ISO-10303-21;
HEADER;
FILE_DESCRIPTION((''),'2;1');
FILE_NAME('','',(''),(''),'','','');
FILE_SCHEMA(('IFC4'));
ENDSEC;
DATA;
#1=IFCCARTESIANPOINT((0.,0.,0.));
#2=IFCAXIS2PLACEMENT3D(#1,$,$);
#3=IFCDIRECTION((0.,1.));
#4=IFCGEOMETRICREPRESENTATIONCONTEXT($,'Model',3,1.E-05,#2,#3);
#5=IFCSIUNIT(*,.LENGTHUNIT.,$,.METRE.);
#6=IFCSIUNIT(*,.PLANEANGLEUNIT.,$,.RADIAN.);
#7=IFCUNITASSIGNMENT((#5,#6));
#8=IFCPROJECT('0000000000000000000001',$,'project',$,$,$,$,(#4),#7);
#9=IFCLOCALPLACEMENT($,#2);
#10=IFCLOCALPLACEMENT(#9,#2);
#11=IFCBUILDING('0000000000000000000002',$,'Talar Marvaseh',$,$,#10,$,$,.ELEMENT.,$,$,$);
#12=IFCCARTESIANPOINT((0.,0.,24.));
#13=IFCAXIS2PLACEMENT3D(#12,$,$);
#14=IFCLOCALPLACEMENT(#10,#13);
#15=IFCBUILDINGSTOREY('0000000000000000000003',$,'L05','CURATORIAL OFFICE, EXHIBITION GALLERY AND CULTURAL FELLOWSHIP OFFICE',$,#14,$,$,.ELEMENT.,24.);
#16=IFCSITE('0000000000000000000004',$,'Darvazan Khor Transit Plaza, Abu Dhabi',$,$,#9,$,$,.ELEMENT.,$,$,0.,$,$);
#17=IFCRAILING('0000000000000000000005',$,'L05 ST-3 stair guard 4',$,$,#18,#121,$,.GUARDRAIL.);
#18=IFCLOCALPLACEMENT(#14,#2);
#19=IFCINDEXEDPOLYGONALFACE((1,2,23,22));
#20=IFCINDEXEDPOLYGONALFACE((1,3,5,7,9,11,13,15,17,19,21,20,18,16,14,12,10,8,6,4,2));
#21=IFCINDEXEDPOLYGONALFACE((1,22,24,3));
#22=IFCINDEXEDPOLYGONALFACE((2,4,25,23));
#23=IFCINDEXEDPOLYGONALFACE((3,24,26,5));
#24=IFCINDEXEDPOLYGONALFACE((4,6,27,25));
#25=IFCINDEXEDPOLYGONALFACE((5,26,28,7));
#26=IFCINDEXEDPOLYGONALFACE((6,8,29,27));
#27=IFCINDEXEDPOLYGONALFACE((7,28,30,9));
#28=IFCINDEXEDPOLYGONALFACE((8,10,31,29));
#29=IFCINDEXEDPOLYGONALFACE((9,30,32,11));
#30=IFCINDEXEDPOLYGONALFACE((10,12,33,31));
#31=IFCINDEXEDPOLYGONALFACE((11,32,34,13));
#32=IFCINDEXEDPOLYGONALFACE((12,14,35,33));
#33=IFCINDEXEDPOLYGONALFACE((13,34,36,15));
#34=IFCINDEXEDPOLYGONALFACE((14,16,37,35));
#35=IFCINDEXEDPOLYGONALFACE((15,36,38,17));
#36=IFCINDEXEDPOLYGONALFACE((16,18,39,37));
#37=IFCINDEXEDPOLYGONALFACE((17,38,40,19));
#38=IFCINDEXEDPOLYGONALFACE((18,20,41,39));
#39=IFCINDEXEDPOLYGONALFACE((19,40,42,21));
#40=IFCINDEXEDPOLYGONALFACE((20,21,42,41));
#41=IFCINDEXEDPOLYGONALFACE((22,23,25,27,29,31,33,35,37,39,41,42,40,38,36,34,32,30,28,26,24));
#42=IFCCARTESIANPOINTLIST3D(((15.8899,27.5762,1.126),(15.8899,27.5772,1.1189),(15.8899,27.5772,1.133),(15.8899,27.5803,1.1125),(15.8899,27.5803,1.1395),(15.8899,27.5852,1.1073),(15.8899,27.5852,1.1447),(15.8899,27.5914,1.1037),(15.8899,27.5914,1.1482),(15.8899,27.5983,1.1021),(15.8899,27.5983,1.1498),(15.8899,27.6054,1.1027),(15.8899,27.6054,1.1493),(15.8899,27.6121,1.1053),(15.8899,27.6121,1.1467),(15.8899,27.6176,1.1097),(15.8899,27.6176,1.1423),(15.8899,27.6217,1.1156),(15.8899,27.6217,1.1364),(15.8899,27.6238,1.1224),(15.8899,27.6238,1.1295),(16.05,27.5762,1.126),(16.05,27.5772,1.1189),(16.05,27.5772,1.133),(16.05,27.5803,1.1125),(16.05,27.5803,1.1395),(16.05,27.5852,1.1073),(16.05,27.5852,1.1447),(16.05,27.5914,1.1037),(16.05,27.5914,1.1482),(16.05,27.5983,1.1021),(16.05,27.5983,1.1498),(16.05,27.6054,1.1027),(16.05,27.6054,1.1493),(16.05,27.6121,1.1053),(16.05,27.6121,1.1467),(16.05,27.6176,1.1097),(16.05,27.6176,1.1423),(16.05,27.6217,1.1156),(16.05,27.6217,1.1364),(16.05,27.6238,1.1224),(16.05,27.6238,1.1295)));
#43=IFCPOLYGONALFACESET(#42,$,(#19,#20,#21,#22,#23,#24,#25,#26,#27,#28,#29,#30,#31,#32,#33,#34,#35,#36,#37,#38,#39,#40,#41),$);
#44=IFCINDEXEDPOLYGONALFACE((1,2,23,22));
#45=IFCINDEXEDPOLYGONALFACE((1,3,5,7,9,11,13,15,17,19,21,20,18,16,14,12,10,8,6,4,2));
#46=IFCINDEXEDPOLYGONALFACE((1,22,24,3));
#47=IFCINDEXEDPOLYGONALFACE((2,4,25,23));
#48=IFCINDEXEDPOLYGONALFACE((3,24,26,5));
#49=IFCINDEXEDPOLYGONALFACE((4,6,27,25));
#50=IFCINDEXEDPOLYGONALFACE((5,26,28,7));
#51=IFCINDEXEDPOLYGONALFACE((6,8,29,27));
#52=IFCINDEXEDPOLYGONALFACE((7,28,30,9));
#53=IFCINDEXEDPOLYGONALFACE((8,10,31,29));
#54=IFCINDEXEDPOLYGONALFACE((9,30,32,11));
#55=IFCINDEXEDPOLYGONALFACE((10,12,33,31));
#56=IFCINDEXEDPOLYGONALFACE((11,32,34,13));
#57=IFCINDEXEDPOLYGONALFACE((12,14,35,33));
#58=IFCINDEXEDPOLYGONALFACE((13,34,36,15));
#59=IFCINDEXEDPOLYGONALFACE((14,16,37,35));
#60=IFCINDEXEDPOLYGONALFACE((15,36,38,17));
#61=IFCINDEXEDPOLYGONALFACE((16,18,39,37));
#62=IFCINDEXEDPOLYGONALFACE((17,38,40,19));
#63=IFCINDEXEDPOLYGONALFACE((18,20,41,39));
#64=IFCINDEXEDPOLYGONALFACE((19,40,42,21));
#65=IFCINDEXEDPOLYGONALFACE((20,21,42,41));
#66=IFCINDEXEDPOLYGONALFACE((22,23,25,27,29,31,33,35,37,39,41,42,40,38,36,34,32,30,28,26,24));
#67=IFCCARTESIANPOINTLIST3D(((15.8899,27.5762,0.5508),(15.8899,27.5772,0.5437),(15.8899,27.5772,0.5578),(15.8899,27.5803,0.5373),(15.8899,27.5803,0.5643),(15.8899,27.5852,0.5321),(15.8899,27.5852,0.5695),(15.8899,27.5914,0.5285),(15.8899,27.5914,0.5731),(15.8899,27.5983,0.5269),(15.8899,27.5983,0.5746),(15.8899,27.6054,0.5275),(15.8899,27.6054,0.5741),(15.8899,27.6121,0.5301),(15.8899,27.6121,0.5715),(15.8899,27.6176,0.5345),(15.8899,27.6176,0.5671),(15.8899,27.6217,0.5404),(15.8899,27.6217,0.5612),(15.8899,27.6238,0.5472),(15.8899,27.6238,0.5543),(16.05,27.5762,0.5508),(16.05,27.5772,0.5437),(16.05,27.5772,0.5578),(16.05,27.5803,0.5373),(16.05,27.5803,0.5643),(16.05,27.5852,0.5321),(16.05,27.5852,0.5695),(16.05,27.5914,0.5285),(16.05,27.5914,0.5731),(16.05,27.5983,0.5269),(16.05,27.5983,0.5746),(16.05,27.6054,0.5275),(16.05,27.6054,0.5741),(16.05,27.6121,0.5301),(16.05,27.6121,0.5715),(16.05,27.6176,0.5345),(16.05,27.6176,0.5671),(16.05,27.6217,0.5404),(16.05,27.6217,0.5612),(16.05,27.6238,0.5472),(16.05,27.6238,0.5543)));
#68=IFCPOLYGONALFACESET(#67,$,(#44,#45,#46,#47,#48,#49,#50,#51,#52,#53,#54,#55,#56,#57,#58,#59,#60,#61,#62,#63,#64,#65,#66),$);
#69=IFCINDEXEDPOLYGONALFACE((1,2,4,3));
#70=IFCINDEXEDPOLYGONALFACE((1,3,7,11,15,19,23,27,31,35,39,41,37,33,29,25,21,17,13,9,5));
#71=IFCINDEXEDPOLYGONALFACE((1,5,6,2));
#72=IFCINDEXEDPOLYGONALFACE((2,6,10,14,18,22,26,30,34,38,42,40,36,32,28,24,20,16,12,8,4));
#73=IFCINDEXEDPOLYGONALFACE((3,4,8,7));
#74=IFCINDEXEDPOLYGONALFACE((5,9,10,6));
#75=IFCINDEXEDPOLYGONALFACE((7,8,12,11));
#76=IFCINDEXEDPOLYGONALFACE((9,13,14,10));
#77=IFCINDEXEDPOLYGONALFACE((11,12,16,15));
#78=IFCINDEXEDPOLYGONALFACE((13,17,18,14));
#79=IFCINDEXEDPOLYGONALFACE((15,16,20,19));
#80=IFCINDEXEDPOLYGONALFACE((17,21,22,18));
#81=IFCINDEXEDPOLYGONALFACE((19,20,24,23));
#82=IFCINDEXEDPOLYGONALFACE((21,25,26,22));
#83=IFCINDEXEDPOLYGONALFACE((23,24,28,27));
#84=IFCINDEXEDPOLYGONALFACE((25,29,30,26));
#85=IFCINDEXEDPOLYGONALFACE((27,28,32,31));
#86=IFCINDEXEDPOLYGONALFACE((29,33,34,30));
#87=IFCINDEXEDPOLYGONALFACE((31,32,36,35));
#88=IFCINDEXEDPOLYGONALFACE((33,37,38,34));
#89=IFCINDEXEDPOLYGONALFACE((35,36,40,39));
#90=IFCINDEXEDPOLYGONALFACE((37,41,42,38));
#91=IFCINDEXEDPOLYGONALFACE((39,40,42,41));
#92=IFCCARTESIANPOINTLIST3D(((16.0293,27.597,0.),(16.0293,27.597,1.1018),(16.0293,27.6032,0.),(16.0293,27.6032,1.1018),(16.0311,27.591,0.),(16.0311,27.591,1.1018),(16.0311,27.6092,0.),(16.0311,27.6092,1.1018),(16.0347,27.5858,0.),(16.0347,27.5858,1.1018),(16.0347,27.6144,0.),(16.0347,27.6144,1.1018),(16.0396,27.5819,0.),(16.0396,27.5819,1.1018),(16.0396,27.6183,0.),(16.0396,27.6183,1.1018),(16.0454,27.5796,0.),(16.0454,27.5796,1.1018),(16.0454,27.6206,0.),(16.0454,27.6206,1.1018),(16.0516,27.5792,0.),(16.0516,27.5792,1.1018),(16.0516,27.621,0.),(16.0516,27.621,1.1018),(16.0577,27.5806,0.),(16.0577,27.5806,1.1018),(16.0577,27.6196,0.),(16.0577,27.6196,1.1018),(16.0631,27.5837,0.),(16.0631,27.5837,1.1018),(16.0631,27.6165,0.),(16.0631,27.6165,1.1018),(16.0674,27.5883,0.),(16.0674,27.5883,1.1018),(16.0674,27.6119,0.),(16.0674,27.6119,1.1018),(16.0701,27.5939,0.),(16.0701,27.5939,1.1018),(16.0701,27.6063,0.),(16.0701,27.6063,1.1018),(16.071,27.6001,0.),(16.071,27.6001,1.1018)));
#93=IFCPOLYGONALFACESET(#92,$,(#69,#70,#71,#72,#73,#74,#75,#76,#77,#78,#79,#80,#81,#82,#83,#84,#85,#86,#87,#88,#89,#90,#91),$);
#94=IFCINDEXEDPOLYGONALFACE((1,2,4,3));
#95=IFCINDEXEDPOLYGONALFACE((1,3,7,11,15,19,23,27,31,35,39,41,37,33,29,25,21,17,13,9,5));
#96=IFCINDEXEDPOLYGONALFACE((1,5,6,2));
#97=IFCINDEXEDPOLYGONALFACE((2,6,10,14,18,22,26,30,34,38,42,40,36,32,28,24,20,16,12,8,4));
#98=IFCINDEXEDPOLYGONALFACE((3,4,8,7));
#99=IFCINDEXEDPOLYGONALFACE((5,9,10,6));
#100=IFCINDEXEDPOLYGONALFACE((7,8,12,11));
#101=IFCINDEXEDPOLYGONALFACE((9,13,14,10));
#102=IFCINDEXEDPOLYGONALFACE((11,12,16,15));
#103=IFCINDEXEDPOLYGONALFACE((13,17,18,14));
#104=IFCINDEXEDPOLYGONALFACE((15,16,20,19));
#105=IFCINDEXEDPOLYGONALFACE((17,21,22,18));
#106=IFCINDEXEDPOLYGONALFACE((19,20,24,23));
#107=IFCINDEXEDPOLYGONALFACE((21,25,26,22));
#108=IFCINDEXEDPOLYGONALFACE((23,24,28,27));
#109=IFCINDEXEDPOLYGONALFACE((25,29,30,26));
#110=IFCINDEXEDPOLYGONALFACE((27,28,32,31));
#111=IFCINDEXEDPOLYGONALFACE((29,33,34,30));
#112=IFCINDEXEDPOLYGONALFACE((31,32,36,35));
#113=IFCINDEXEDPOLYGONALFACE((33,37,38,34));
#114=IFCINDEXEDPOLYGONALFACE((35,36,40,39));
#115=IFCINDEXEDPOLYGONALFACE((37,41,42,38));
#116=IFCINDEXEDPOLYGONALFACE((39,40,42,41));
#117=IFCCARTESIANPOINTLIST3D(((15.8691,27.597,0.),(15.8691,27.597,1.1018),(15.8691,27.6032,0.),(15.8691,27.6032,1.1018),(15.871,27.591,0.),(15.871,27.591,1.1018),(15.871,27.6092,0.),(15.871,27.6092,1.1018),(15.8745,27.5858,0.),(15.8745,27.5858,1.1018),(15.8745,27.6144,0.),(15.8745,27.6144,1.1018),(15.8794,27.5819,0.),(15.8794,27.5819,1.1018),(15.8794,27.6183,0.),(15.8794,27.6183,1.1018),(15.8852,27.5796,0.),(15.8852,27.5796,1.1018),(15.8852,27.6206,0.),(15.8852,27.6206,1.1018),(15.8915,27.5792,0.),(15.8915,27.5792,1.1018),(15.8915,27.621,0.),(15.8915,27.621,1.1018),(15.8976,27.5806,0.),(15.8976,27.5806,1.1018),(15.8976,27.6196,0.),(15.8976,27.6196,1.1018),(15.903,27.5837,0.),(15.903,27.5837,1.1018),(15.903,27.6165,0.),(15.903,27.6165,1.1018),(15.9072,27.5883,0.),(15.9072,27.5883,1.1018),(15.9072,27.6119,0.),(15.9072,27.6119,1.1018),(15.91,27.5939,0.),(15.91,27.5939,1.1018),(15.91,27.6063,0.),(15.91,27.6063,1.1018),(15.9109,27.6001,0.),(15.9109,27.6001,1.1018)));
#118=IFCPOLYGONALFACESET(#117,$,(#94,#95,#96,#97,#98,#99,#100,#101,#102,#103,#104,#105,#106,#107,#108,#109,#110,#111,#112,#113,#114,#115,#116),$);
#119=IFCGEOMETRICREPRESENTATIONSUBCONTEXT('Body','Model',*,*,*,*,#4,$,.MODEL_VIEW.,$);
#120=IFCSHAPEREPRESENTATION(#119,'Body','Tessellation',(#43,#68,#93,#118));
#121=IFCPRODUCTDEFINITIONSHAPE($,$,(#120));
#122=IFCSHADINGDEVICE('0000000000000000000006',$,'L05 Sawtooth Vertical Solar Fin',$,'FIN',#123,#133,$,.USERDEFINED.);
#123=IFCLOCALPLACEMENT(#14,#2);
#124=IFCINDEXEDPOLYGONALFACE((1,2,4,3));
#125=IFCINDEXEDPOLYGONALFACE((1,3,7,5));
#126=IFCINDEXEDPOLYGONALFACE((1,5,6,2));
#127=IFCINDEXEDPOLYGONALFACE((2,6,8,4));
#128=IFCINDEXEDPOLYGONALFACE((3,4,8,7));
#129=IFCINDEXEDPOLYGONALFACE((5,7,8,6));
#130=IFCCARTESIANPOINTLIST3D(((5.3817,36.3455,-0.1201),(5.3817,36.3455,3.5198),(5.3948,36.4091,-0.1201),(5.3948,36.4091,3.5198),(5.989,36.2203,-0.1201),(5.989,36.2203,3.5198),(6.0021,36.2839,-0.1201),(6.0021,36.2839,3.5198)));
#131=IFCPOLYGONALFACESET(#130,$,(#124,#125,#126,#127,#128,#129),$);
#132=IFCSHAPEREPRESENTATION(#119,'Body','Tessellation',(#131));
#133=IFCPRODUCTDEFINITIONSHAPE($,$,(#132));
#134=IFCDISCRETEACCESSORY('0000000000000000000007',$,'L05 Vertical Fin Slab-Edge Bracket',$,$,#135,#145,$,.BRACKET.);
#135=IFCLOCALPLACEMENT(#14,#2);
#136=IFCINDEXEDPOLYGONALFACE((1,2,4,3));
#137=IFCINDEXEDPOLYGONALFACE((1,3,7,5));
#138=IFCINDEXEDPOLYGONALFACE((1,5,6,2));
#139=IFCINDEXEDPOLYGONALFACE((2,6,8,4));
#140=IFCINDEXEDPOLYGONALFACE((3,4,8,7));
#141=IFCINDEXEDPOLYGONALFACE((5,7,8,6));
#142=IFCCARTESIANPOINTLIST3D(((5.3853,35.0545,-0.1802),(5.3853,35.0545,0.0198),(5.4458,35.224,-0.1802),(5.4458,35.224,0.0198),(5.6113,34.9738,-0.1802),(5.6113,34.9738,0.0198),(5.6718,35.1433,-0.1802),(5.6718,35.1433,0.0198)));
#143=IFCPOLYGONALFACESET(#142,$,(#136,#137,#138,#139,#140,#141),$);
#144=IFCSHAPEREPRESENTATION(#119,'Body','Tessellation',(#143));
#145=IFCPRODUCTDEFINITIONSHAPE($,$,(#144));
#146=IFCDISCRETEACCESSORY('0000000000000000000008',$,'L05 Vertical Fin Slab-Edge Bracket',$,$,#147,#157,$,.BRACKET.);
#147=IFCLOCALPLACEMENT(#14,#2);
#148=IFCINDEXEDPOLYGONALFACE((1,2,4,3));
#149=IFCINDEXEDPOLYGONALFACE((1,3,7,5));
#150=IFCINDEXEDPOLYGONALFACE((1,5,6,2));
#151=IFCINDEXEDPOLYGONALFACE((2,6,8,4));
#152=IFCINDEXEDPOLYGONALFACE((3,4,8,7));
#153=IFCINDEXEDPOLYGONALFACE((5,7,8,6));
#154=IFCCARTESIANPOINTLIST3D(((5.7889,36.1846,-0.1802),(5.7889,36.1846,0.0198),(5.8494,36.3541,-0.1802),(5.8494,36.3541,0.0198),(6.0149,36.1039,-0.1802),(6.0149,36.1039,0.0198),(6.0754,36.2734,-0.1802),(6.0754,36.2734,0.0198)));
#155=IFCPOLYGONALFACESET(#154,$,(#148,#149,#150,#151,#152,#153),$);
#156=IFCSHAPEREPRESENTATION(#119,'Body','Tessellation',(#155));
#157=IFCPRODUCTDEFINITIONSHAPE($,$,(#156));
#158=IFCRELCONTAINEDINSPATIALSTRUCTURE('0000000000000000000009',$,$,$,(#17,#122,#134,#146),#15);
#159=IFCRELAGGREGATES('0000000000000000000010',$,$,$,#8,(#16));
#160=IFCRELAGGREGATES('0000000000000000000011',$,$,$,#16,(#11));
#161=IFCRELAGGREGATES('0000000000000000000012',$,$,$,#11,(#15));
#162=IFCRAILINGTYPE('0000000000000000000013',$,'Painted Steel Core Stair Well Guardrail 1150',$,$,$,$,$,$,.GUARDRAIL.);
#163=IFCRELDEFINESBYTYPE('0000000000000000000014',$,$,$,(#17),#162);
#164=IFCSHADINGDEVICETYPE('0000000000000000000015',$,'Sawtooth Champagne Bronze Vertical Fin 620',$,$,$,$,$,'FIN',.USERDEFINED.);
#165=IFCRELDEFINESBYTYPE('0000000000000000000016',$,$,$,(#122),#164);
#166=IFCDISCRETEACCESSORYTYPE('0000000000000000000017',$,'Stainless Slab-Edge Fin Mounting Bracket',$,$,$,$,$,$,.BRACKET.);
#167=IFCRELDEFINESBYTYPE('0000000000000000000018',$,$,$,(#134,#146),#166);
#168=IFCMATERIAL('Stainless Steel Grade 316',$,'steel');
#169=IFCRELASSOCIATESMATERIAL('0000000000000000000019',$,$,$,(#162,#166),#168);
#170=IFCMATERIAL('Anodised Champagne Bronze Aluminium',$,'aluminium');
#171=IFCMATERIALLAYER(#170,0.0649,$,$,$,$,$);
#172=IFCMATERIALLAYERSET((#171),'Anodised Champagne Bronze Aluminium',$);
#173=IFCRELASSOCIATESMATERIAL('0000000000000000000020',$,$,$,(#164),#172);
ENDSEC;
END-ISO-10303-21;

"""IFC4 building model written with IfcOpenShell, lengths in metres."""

from ifc_helpers import new_model, si_unit, direction, frame, origin, origin_2d, place, context, subcontext, project, spatial, rectangle, circle, extrude, source, transform, mapped, material, layer, layer_set, type_object, type_shapes, element, save


model = new_model("IFC4")

# Units and contexts
model_context = context("Model", 3, precision=1e-05, world=origin(), true_north=direction((0.0, 1.0)))
body_context = subcontext(model_context, "Body", "Model", "MODEL_VIEW")
ifc_project = project(units=[si_unit("LENGTHUNIT", "METRE"), si_unit("PLANEANGLEUNIT", "RADIAN")], contexts=[model_context])

# Site, building, storey
site_placement = place(None, origin())
site = spatial("IfcSite", under=ifc_project, at=site_placement, Name="Darvazan Khor Transit Plaza, Abu Dhabi", CompositionType="ELEMENT", RefElevation=0.0)
building_placement = place(site_placement, origin())
building = spatial("IfcBuilding", under=site, at=building_placement, Name="Talar Marvaseh", CompositionType="ELEMENT")
storey_placement = place(building_placement, frame((0.0, 0.0, 24.0)))
storey = spatial("IfcBuildingStorey", under=building, at=storey_placement, Name="L05", Description="CURATORIAL OFFICE, EXHIBITION GALLERY AND CULTURAL FELLOWSHIP OFFICE", CompositionType="ELEMENT", Elevation=24.0)

# Railing
ifc_material_1 = material(Name="Stainless Steel Grade 316", Category="steel")
railing_type_1 = type_object("IfcRailingType", Name="Painted Steel Core Stair Well Guardrail 1150", PredefinedType="GUARDRAIL", material=ifc_material_1)
railing_1_placement = place(storey_placement, frame((16.05, 27.6001, 0.0)))
element("IfcRailing", 1, at=railing_1_placement, inside=storey, type_object=railing_type_1, Name="L05 ST-3 stair guard 4", PredefinedType="GUARDRAIL", context=body_context, shape_type="SweptSolid", body=[
    extrude(circle(Radius=0.0239, at=origin_2d()), frame((0.0, 0.0, 1.126), z_axis=(-1.0, 0.0, 0.0), x_axis=(0.0, -1.0, 0.0)), (0.0, 0.0, 1.0), 0.1602),
    extrude(circle(Radius=0.0239, at=origin_2d()), frame((0.0, 0.0, 0.5508), z_axis=(-1.0, 0.0, 0.0), x_axis=(0.0, -1.0, 0.0)), (0.0, 0.0, 1.0), 0.1602),
    extrude(circle(Radius=0.021, at=origin_2d()), origin(), (0.0, 0.0, 1.0), 1.1018),
    extrude(circle(Radius=0.021, at=origin_2d()), frame((-0.1602, 0.0, 0.0)), (0.0, 0.0, 1.0), 1.1018),
])

# Shading device
ifc_material_2 = material(Name="Anodised Champagne Bronze Aluminium", Category="aluminium")
ifc_layer_1 = layer(ifc_material_2, 0.0649)
ifc_layer_set_1 = layer_set([ifc_layer_1], Name="Anodised Champagne Bronze Aluminium")
shading_device_type = type_object("IfcShadingDeviceType", Name="Sawtooth Champagne Bronze Vertical Fin 620", ElementType="FIN", PredefinedType="USERDEFINED", material=ifc_layer_set_1)
shared_shape_1 = source(origin(), body_context, "Body", "SweptSolid", [
    extrude(rectangle(XDim=0.6201, YDim=0.0649, at=origin_2d()), origin(), (0.0, 0.0, 1.0), 3.6399),
])
type_shapes(shading_device_type, [shared_shape_1])
shading_device_placement = place(storey_placement, frame((5.6919, 36.3147, -0.1201), z_axis=(0.0, 0.0, 1.0), x_axis=(-0.979399, 0.201933, 0.0)))
element("IfcShadingDevice", 2, at=shading_device_placement, inside=storey, type_object=shading_device_type, Name="L05 Sawtooth Vertical Solar Fin", ObjectType="FIN", PredefinedType="USERDEFINED", context=body_context, shape_type="MappedRepresentation", body=[
    mapped(shared_shape_1, transform((0.0, 0.0, 0.0), x_axis=(1.0, 0.0, 0.0), y_axis=(0.0, 1.0, 0.0), z_axis=(0.0, 0.0, 1.0), scale=1.0)),
])

# Discrete accessories
discrete_accessory_type = type_object("IfcDiscreteAccessoryType", Name="Stainless Slab-Edge Fin Mounting Bracket", PredefinedType="BRACKET", material=ifc_material_1)
shared_shape_2 = source(origin(), body_context, "Body", "SweptSolid", [
    extrude(rectangle(XDim=0.24, YDim=0.1799, at=origin_2d()), origin(), (0.0, 0.0, 1.0), 0.2),
])
type_shapes(discrete_accessory_type, [shared_shape_2])
for number, where, z_axis, x_axis, name in (
    (3, (5.5286, 35.0989, -0.1802), (0.0, 0.0, 1.0), (-0.941764, 0.336274, 0.0), "L05 Vertical Fin Slab-Edge Bracket"),
    (4, (5.9321, 36.229, -0.1802), (0.0, 0.0, 1.0), (-0.941764, 0.336274, 0.0), "L05 Vertical Fin Slab-Edge Bracket"),
):
    element("IfcDiscreteAccessory", number, at=place(storey_placement, frame(where, z_axis=z_axis, x_axis=x_axis)), inside=storey, type_object=discrete_accessory_type, Name=name, PredefinedType="BRACKET", context=body_context, shape_type="MappedRepresentation", body=[
        mapped(shared_shape_2, transform((0.0, 0.0, 0.0), x_axis=(1.0, 0.0, 0.0), y_axis=(0.0, 1.0, 0.0), z_axis=(0.0, 0.0, 1.0), scale=1.0)),
    ])

save(model, "model.ifc")
